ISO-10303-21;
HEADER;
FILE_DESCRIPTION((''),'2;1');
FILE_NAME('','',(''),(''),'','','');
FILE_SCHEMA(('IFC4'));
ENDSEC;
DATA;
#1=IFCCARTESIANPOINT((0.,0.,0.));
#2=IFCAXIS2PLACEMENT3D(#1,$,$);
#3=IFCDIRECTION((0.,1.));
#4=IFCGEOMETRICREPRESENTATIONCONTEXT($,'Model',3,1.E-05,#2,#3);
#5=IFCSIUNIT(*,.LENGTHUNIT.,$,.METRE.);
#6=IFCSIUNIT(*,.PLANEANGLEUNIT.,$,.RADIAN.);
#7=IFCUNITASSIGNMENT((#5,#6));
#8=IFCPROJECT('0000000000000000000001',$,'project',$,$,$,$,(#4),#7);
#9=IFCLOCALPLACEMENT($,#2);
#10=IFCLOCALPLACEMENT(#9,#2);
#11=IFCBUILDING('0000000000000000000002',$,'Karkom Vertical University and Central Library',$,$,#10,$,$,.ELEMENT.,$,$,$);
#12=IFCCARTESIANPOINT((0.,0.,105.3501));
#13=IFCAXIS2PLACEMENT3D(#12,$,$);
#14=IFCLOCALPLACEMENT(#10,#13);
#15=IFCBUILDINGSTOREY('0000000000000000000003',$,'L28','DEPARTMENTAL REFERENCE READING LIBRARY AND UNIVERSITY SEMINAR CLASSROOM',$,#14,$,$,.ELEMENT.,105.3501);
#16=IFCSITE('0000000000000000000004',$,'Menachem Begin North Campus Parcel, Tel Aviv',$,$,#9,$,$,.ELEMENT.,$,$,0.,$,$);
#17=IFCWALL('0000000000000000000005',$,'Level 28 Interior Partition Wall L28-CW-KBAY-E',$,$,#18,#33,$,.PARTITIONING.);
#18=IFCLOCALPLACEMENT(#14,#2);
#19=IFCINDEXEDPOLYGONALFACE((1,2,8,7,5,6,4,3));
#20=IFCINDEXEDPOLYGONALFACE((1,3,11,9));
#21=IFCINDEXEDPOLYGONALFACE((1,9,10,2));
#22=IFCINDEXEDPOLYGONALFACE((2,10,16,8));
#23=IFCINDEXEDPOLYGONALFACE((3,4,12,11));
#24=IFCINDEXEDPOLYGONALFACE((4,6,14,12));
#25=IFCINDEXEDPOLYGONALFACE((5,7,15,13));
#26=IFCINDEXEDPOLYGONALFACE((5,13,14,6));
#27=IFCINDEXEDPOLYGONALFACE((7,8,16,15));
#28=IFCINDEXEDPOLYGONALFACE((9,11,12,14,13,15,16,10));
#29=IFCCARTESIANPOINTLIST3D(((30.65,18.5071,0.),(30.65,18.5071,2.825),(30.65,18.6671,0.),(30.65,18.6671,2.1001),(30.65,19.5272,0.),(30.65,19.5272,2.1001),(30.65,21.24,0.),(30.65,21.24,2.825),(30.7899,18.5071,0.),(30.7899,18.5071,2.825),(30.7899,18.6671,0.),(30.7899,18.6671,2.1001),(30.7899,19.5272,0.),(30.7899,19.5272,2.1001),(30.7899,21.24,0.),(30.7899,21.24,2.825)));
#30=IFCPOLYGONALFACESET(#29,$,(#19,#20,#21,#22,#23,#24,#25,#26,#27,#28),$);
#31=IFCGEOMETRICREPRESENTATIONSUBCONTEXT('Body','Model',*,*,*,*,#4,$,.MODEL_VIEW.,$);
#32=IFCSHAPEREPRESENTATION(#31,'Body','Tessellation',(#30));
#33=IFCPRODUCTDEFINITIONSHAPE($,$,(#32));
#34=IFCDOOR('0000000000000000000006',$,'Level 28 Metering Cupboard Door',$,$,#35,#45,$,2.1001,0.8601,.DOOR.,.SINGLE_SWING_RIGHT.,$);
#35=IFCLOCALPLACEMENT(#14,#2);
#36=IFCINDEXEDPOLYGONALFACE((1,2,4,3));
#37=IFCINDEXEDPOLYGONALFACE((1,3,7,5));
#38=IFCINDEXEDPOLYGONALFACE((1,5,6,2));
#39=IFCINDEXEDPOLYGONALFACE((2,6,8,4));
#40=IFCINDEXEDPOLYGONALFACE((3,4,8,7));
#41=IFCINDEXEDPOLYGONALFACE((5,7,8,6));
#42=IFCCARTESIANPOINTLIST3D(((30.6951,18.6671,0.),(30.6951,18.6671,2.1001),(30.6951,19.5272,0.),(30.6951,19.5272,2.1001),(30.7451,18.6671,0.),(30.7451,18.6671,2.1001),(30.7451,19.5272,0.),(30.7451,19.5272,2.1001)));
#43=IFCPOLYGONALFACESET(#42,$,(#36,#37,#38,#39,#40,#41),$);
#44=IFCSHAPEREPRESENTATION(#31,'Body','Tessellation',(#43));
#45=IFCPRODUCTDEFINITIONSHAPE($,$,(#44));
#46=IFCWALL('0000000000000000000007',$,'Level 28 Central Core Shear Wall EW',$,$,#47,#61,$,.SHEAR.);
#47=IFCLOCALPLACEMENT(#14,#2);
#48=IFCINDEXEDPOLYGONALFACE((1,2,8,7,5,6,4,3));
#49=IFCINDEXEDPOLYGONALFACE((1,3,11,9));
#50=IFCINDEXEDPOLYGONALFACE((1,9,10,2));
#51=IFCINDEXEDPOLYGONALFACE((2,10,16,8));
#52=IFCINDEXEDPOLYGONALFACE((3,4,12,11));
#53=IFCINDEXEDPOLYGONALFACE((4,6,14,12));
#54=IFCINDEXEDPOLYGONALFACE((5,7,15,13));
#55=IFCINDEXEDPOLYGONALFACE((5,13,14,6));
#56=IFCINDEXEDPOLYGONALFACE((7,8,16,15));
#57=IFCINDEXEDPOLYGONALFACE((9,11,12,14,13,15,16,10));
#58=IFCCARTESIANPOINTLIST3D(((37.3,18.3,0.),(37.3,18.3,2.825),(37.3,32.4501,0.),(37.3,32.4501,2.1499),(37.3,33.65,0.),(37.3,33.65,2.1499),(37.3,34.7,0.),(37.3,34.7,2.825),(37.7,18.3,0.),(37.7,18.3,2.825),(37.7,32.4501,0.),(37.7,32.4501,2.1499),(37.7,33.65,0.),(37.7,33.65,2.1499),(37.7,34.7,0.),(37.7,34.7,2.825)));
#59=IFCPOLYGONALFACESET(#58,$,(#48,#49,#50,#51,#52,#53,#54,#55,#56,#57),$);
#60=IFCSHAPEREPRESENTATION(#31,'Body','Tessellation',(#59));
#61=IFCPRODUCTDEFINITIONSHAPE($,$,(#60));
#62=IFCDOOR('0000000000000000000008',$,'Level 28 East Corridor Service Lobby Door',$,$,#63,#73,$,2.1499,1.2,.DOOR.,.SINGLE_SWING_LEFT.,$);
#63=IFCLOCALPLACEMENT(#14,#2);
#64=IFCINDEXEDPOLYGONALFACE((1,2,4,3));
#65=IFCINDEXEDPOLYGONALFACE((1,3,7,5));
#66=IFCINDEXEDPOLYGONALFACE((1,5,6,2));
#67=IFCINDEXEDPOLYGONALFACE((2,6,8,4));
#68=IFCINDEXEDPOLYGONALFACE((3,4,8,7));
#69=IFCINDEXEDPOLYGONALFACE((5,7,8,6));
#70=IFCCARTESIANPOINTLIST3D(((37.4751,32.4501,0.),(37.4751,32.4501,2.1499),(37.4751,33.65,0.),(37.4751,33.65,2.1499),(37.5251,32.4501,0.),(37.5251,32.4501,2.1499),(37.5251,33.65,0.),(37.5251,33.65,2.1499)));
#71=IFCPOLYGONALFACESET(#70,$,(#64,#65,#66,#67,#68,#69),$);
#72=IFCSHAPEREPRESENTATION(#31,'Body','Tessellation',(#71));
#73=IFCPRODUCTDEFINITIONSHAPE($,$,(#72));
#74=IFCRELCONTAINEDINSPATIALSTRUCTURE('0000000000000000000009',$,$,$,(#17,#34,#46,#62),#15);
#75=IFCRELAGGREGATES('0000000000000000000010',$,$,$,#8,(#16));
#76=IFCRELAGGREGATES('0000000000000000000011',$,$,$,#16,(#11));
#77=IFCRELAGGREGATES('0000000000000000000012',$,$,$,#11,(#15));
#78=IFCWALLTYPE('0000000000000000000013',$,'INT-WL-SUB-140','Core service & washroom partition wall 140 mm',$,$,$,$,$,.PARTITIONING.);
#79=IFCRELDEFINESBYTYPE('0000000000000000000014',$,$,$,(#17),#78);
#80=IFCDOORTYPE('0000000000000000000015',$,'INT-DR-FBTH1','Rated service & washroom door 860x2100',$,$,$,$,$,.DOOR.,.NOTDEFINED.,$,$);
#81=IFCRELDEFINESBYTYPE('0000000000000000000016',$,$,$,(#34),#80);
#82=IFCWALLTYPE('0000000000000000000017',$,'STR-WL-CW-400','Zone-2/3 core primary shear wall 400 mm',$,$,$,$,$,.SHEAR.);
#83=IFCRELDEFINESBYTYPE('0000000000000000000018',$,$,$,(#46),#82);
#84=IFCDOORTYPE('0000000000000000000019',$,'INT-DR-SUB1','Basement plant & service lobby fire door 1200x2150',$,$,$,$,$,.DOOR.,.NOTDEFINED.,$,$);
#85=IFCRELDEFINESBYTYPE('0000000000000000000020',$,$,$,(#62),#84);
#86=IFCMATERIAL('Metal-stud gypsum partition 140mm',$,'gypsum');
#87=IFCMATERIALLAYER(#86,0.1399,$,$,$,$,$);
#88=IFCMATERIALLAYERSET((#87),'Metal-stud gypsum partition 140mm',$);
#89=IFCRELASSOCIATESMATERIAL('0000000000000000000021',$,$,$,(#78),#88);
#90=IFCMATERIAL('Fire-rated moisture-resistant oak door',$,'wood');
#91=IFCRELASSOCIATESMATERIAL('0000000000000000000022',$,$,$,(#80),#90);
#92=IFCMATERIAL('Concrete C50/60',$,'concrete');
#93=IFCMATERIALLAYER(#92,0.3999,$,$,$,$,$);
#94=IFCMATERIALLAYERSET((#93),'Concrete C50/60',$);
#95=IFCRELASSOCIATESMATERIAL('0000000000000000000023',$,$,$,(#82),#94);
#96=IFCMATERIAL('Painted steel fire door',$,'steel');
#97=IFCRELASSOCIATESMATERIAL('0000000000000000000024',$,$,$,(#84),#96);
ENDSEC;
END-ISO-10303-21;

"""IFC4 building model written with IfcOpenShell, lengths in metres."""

from ifc_helpers import new_model, si_unit, direction, frame, frame_2d, origin, origin_with_axes, place, context, subcontext, project, spatial, rectangle, extrude, source, transform, mapped, material, layer, layer_set, type_object, element, fill, save


model = new_model("IFC4")

# Units and contexts
model_context = context("Model", 3, precision=1e-05, world=origin(), true_north=direction((0.0, 1.0)))
body_context = subcontext(model_context, "Body", "Model", "MODEL_VIEW")
ifc_project = project(units=[si_unit("LENGTHUNIT", "METRE"), si_unit("PLANEANGLEUNIT", "RADIAN")], contexts=[model_context])

# Site, building, storey
site_placement = place(None, origin())
site = spatial("IfcSite", under=ifc_project, at=site_placement, Name="Menachem Begin North Campus Parcel, Tel Aviv", CompositionType="ELEMENT", RefElevation=0.0)
building_placement = place(site_placement, origin())
building = spatial("IfcBuilding", under=site, at=building_placement, Name="Karkom Vertical University and Central Library", CompositionType="ELEMENT")
storey_placement = place(building_placement, frame((0.0, 0.0, 105.3501)))
storey = spatial("IfcBuildingStorey", under=building, at=storey_placement, Name="L28", Description="DEPARTMENTAL REFERENCE READING LIBRARY AND UNIVERSITY SEMINAR CLASSROOM", CompositionType="ELEMENT", Elevation=105.3501)

# Shared definitions
ifc_material_1 = material(Name="Concrete C50/60", Category="concrete")

# Shared definitions
ifc_material_2 = material(Name="Metal-stud gypsum partition 140mm", Category="gypsum")
ifc_layer_1 = layer(ifc_material_2, 0.1399)
ifc_layer_set_1 = layer_set([ifc_layer_1], Name="Metal-stud gypsum partition 140mm")
wall_type_1 = type_object("IfcWallType", Name="INT-WL-SUB-140", Description="Core service & washroom partition wall 140 mm", PredefinedType="PARTITIONING", material=ifc_layer_set_1)

# Walls, openings, doors
wall_1_placement = place(storey_placement, frame((30.72, 18.5071, 0.0), z_axis=(0.0, 0.0, 1.0), x_axis=(0.0, 1.0, 0.0)))
wall_1 = element("IfcWall", 1, at=wall_1_placement, inside=storey, type_object=wall_type_1, Name="Level 28 Interior Partition Wall L28-CW-KBAY-E", PredefinedType="PARTITIONING", context=body_context, shape_type="SweptSolid", body=[
    extrude(rectangle(XDim=2.7329, YDim=0.1399, at=frame_2d((1.3665, 0.0))), origin(), (0.0, 0.0, 1.0), 2.825),
])
opening_1_placement = place(wall_1_placement, frame((0.1599, 0.0, 0.0)))
opening_1 = element("IfcOpeningElement", 2, at=opening_1_placement, cuts=wall_1, PredefinedType="OPENING", context=body_context, shape_type="SweptSolid", body=[
    extrude(rectangle(XDim=0.8601, YDim=2.1001, at=frame_2d((0.4302, 1.05))), frame((0.0, 0.0801, 0.0), z_axis=(0.0, -1.0, 0.0), x_axis=(1.0, 0.0, 0.0)), (0.0, 0.0, 1.0), 0.1599),
])
ifc_material_3 = material(Name="Fire-rated moisture-resistant oak door", Category="wood")
door_type_1 = type_object("IfcDoorType", Name="INT-DR-FBTH1", Description="Rated service & washroom door 860x2100", OperationType="NOTDEFINED", PredefinedType="DOOR", material=ifc_material_3)
shared_shape_1 = source(origin_with_axes(), body_context, "Body", "SweptSolid", [
    extrude(rectangle(XDim=0.8601, YDim=2.1001, at=frame_2d((0.4302, 1.05))), frame((0.0, 0.0249, 0.0), z_axis=(0.0, -1.0, 0.0), x_axis=(1.0, 0.0, 0.0)), (0.0, 0.0, 1.0), 0.05),
])
door_1_placement = place(opening_1_placement, origin())
door_1 = element("IfcDoor", 3, at=door_1_placement, inside=storey, type_object=door_type_1, Name="Level 28 Metering Cupboard Door", OperationType="SINGLE_SWING_RIGHT", OverallHeight=2.1001, OverallWidth=0.8601, PredefinedType="DOOR", context=body_context, shape_type="MappedRepresentation", body=[
    mapped(shared_shape_1, transform((0.0, 0.0, 0.0), scale=1.0)),
])
fill(opening_1, door_1)
ifc_layer_2 = layer(ifc_material_1, 0.3999)
ifc_layer_set_2 = layer_set([ifc_layer_2], Name="Concrete C50/60")
wall_type_2 = type_object("IfcWallType", Name="STR-WL-CW-400", Description="Zone-2/3 core primary shear wall 400 mm", PredefinedType="SHEAR", material=ifc_layer_set_2)
wall_2_placement = place(storey_placement, frame((37.5, 18.3, 0.0), z_axis=(0.0, 0.0, 1.0), x_axis=(0.0, 1.0, 0.0)))
wall_2 = element("IfcWall", 4, at=wall_2_placement, inside=storey, type_object=wall_type_2, Name="Level 28 Central Core Shear Wall EW", PredefinedType="SHEAR", context=body_context, shape_type="SweptSolid", body=[
    extrude(rectangle(XDim=16.3999, YDim=0.3999, at=frame_2d((8.2, 0.0))), origin(), (0.0, 0.0, 1.0), 2.825),
])
opening_2_placement = place(wall_2_placement, frame((14.1499, 0.0, 0.0)))
opening_2 = element("IfcOpeningElement", 5, at=opening_2_placement, cuts=wall_2, PredefinedType="OPENING", context=body_context, shape_type="SweptSolid", body=[
    extrude(rectangle(XDim=1.2, YDim=2.1499, at=frame_2d((0.6001, 1.075))), frame((0.0, 0.21, 0.0), z_axis=(0.0, -1.0, 0.0), x_axis=(1.0, 0.0, 0.0)), (0.0, 0.0, 1.0), 0.4199),
])
ifc_material_4 = material(Name="Painted steel fire door", Category="steel")
door_type_2 = type_object("IfcDoorType", Name="INT-DR-SUB1", Description="Basement plant & service lobby fire door 1200x2150", OperationType="NOTDEFINED", PredefinedType="DOOR", material=ifc_material_4)
shared_shape_2 = source(origin_with_axes(), body_context, "Body", "SweptSolid", [
    extrude(rectangle(XDim=1.2, YDim=2.1499, at=frame_2d((0.6001, 1.075))), frame((0.0, 0.0249, 0.0), z_axis=(0.0, -1.0, 0.0), x_axis=(1.0, 0.0, 0.0)), (0.0, 0.0, 1.0), 0.05),
])
door_2_placement = place(opening_2_placement, origin())
door_2 = element("IfcDoor", 6, at=door_2_placement, inside=storey, type_object=door_type_2, Name="Level 28 East Corridor Service Lobby Door", OperationType="SINGLE_SWING_LEFT", OverallHeight=2.1499, OverallWidth=1.2, PredefinedType="DOOR", context=body_context, shape_type="MappedRepresentation", body=[
    mapped(shared_shape_2, transform((0.0, 0.0, 0.0), scale=1.0)),
])
fill(opening_2, door_2)

save(model, "model.ifc")
